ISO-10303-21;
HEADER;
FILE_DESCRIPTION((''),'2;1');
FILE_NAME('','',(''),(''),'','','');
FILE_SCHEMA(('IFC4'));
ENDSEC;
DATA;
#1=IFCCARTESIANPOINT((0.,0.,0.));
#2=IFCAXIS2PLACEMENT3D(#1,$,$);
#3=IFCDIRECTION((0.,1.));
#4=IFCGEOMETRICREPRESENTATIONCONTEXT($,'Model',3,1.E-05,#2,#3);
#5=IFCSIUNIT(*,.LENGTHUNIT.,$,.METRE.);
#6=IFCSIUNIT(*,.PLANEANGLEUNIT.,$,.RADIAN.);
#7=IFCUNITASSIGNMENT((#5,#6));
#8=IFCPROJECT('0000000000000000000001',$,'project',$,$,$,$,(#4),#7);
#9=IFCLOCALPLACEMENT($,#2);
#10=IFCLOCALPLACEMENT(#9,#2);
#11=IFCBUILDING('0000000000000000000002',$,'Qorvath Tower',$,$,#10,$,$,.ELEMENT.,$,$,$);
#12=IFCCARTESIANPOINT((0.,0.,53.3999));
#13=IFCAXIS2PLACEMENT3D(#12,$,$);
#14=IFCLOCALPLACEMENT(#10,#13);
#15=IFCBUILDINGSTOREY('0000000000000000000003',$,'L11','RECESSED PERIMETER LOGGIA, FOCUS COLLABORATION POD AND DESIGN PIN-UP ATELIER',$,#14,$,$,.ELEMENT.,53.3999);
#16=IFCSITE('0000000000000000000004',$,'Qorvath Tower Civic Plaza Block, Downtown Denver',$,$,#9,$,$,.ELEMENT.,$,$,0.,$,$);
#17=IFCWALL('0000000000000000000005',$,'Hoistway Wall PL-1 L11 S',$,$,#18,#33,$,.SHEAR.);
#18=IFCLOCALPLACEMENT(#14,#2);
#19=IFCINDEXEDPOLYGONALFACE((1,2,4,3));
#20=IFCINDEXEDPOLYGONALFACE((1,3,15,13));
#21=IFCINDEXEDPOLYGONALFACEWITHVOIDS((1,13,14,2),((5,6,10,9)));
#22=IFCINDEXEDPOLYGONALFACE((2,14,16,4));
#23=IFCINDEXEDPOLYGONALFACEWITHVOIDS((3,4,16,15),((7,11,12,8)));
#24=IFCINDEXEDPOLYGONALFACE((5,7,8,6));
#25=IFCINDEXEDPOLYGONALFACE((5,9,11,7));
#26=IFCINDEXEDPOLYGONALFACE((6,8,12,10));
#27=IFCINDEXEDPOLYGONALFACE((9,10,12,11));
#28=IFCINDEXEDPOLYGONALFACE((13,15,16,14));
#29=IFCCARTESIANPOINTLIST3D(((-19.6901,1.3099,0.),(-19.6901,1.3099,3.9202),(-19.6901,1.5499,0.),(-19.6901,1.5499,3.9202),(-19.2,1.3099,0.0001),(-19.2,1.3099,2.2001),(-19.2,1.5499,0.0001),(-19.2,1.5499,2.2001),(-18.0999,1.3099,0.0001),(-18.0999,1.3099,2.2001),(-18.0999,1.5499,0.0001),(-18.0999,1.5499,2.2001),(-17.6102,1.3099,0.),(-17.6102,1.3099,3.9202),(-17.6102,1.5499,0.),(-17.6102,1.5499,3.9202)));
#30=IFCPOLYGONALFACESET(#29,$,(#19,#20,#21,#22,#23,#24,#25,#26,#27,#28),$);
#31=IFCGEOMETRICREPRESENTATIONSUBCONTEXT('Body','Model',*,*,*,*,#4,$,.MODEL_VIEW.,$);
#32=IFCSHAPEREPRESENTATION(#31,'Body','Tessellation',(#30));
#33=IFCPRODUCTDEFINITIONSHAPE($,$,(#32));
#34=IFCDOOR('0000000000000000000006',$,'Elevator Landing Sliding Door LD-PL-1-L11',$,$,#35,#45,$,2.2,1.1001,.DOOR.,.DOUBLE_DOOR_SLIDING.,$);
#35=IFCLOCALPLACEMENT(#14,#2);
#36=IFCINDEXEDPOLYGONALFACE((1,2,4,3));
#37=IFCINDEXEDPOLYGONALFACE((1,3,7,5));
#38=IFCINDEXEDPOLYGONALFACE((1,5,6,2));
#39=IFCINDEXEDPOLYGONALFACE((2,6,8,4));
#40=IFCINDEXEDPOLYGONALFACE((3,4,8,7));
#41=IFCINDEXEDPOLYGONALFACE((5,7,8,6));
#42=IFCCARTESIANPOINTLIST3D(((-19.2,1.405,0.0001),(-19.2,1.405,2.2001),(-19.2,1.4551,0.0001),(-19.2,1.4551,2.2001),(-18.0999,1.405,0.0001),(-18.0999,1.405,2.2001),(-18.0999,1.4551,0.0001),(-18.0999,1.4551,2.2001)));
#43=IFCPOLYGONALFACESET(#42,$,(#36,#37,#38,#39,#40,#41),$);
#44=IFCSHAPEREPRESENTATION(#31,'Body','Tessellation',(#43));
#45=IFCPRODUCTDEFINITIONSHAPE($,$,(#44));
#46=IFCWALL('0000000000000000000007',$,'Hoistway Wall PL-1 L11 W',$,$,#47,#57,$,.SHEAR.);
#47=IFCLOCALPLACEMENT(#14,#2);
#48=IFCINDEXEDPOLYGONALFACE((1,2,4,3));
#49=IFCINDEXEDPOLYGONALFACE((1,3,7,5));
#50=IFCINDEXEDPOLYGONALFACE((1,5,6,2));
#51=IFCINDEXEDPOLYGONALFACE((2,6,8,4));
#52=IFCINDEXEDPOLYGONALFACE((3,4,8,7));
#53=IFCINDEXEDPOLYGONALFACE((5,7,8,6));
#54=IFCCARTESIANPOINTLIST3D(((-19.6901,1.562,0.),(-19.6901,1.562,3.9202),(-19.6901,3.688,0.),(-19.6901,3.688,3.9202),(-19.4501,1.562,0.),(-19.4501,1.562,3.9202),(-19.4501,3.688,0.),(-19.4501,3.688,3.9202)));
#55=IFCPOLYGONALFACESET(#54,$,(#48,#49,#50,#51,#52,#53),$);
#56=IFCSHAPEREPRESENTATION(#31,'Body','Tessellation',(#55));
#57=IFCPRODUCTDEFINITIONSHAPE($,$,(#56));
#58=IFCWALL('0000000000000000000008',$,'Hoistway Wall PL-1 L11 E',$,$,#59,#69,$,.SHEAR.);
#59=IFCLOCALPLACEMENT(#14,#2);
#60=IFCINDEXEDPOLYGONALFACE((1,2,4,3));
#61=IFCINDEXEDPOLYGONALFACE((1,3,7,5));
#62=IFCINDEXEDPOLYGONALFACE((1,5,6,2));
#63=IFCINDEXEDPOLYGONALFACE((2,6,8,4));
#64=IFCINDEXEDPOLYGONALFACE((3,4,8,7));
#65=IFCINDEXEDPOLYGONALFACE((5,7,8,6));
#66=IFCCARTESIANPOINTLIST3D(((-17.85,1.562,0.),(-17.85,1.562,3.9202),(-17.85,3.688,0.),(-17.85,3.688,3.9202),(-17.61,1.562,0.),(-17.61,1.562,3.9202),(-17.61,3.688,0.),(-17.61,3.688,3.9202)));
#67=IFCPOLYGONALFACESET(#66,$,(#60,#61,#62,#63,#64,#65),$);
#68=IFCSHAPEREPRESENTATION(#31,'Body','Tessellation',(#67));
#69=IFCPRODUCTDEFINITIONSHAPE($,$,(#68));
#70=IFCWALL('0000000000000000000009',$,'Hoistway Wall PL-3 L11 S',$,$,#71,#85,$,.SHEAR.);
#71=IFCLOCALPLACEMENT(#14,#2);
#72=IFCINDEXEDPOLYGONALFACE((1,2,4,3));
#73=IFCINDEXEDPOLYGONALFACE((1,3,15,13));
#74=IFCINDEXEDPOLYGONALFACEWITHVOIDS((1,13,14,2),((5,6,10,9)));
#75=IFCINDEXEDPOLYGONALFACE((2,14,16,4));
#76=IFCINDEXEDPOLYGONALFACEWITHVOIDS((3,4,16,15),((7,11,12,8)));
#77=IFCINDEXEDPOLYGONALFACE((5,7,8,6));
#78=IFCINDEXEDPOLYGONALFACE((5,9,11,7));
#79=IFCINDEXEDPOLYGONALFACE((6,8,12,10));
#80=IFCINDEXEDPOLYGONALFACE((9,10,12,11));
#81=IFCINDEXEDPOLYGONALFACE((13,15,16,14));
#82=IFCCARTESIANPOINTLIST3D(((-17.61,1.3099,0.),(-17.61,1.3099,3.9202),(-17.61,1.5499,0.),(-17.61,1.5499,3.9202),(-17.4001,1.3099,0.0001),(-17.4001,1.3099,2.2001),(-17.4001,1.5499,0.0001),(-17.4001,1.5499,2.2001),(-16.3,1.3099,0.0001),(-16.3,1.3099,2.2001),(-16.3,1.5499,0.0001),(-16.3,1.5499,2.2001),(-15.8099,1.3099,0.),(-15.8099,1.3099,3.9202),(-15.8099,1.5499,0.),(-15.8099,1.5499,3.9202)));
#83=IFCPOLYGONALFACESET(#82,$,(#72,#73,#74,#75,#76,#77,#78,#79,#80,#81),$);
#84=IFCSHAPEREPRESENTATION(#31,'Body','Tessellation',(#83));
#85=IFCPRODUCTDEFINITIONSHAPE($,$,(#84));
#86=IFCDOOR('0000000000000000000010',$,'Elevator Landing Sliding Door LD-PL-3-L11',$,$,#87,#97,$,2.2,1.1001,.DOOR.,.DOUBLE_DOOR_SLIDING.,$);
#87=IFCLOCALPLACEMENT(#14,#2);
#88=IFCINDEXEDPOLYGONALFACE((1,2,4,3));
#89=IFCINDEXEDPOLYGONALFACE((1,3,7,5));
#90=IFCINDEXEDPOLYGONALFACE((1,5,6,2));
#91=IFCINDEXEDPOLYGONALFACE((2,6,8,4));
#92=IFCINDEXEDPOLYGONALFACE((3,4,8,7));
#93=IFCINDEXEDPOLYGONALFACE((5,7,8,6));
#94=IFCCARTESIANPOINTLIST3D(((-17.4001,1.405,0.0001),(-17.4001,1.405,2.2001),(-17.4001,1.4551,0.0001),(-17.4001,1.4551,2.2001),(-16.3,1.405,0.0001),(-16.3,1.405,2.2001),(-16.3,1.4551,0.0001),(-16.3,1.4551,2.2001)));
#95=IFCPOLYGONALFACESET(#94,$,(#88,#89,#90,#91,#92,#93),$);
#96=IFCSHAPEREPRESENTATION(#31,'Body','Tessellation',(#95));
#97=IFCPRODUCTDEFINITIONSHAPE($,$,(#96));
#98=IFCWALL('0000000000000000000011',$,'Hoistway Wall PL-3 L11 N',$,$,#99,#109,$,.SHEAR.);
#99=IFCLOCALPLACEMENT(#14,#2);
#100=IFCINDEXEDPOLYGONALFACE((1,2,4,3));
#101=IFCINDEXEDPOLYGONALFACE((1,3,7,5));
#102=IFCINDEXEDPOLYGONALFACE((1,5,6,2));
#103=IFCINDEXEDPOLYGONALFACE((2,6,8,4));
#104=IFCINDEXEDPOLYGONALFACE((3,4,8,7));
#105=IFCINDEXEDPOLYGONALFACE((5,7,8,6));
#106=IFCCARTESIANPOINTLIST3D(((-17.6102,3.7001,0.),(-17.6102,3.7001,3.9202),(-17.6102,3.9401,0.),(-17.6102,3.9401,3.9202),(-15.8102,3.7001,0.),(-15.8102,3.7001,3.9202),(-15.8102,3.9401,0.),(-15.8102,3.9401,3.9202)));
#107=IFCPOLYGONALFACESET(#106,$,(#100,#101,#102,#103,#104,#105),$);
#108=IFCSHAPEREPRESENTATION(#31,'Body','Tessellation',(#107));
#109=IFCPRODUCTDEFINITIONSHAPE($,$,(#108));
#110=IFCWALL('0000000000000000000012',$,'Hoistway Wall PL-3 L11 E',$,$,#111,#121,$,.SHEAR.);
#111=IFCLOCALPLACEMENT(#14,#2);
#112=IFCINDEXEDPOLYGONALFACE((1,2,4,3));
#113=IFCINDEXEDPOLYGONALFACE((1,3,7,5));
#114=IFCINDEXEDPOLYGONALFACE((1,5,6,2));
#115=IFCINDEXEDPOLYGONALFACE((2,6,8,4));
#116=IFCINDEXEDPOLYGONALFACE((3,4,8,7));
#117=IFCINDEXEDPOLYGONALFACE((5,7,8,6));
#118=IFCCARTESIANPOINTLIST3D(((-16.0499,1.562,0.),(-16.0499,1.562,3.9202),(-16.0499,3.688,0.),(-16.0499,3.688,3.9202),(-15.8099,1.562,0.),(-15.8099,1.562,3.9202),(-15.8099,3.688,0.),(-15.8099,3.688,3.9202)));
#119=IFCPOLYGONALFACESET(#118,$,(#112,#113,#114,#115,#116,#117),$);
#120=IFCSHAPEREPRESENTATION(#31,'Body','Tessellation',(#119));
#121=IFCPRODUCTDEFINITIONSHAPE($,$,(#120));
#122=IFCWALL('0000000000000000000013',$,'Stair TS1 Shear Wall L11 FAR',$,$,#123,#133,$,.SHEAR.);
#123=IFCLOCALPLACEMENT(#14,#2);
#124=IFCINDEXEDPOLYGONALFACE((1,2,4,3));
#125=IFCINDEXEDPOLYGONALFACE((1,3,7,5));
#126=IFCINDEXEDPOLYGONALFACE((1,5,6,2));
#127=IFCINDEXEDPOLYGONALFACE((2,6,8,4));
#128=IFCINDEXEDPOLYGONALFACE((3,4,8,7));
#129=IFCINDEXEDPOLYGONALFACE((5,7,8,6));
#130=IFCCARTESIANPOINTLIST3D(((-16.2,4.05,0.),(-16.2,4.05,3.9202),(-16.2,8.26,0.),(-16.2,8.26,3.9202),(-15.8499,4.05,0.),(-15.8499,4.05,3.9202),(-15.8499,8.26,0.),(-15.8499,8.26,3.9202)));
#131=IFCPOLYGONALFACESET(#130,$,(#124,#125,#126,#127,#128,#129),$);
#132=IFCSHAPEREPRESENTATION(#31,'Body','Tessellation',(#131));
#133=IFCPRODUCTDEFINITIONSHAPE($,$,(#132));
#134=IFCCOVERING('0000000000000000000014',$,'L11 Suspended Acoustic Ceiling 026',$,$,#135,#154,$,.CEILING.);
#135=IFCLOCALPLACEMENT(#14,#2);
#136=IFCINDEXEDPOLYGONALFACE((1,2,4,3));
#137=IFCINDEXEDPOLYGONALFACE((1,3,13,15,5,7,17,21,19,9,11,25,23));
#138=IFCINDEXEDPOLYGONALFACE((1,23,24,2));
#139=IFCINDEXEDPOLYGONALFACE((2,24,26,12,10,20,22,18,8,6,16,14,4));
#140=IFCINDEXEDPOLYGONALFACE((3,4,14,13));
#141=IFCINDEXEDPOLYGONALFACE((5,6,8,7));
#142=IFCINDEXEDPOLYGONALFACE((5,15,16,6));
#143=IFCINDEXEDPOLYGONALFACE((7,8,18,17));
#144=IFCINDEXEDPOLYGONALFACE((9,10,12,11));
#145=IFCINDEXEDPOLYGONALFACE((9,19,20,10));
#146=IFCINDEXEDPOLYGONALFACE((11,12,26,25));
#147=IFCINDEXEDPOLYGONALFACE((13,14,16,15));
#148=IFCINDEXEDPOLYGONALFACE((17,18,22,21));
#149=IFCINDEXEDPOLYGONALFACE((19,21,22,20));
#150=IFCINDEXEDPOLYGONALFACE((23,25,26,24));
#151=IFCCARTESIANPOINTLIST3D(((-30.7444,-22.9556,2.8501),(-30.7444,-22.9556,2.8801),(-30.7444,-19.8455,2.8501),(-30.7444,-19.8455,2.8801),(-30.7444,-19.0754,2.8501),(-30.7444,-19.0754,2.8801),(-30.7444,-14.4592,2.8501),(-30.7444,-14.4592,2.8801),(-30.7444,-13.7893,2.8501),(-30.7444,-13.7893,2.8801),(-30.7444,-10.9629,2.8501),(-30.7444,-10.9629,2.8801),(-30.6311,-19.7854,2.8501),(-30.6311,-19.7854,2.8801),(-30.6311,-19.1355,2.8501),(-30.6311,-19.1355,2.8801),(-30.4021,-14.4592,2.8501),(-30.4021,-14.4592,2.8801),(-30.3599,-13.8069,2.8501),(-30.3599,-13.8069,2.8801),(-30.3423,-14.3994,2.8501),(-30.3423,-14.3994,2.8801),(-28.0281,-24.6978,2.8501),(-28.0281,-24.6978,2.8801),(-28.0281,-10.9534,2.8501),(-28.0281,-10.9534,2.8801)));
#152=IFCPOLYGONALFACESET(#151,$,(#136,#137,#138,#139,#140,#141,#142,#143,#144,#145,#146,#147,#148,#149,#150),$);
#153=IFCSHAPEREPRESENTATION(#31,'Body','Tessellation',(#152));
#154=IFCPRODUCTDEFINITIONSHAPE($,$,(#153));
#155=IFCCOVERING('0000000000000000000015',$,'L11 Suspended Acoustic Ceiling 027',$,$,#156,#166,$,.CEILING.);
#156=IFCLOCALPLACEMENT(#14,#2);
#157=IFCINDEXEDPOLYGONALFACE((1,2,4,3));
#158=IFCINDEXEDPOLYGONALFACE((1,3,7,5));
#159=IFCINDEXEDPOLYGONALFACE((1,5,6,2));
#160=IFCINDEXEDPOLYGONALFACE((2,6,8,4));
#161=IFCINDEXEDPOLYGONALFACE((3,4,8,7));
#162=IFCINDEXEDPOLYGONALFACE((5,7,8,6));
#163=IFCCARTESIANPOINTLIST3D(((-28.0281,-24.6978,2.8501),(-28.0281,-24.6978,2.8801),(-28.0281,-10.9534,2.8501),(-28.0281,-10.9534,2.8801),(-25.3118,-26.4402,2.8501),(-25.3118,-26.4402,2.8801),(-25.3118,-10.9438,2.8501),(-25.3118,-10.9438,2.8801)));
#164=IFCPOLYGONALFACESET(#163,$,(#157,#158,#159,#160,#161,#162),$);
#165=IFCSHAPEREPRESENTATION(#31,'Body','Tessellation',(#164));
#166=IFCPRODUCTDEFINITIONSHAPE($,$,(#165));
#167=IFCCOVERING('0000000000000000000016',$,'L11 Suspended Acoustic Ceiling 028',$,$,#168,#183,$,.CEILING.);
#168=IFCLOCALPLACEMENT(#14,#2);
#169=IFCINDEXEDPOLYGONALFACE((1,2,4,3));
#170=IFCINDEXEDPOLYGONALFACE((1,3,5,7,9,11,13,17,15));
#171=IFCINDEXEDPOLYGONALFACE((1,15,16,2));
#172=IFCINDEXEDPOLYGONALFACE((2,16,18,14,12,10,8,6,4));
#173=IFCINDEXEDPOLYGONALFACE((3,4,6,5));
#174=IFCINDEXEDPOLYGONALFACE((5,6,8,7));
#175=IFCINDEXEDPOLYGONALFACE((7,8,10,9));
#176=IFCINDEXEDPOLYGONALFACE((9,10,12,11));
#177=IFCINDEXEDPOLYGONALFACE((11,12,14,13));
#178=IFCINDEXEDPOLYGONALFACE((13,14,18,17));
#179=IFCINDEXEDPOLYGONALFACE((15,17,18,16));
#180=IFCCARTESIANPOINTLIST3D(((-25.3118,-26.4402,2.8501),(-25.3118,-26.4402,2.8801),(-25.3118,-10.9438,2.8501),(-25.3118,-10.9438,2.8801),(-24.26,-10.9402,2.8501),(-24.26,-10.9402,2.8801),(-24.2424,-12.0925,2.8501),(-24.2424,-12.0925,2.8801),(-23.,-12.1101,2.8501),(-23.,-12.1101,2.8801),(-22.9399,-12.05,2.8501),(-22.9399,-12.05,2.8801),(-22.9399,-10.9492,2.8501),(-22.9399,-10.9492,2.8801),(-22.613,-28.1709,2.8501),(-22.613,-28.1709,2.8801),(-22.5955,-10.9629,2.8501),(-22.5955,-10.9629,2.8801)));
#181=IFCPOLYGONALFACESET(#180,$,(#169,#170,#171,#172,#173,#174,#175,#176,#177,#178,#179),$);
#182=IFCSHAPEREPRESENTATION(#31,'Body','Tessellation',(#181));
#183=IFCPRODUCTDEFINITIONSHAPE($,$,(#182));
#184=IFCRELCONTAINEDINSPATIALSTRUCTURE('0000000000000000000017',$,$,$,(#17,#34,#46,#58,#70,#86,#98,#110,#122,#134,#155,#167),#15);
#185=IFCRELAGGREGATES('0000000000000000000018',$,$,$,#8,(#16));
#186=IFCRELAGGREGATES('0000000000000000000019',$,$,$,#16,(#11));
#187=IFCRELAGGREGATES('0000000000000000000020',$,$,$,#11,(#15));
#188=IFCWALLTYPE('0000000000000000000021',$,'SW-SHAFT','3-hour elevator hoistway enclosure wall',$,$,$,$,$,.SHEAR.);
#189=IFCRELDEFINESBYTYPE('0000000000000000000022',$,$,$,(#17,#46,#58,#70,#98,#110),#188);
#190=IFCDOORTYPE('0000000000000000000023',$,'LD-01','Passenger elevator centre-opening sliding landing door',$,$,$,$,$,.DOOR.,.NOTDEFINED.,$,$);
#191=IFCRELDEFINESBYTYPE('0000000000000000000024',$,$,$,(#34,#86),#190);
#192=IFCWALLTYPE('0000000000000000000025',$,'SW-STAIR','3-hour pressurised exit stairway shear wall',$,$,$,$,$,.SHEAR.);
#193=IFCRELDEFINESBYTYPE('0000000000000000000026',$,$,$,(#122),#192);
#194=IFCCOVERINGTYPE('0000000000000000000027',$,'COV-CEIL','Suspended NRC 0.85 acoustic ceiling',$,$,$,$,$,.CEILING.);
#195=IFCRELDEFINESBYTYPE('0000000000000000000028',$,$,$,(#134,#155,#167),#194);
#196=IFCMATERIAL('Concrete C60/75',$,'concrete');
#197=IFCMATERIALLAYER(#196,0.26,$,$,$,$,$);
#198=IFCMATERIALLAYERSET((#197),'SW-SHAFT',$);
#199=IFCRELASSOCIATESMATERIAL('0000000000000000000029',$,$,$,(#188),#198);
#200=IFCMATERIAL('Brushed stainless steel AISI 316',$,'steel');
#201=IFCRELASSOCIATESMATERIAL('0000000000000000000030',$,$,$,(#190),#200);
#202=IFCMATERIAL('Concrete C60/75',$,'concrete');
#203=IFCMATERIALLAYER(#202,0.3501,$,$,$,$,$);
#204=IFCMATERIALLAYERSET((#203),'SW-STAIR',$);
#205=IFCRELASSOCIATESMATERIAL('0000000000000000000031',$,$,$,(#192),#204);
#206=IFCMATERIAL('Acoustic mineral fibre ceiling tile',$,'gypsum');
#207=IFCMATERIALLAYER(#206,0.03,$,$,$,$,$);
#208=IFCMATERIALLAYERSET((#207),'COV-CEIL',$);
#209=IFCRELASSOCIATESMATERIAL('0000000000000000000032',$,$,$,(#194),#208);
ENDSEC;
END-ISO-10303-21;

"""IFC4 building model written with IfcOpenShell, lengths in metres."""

from ifc_helpers import new_model, si_unit, direction, frame, frame_2d, origin, place, context, subcontext, project, spatial, polyline, rectangle, outline, extrude, material, layer, layer_set, type_object, element, fill, save


model = new_model("IFC4")

# Units and contexts
model_context = context("Model", 3, precision=1e-05, world=origin(), true_north=direction((0.0, 1.0)))
body_context = subcontext(model_context, "Body", "Model", "MODEL_VIEW")
ifc_project = project(units=[si_unit("LENGTHUNIT", "METRE"), si_unit("PLANEANGLEUNIT", "RADIAN")], contexts=[model_context])

# Site, building, storey
site_placement = place(None, origin())
site = spatial("IfcSite", under=ifc_project, at=site_placement, Name="Qorvath Tower Civic Plaza Block, Downtown Denver", CompositionType="ELEMENT", RefElevation=0.0)
building_placement = place(site_placement, origin())
building = spatial("IfcBuilding", under=site, at=building_placement, Name="Qorvath Tower", CompositionType="ELEMENT")
storey_placement = place(building_placement, frame((0.0, 0.0, 53.3999)))
storey = spatial("IfcBuildingStorey", under=building, at=storey_placement, Name="L11", Description="RECESSED PERIMETER LOGGIA, FOCUS COLLABORATION POD AND DESIGN PIN-UP ATELIER", CompositionType="ELEMENT", Elevation=53.3999)

# Wall, opening, door
ifc_material_1 = material(Name="Concrete C60/75", Category="concrete")
ifc_layer_1 = layer(ifc_material_1, 0.26)
ifc_layer_set_1 = layer_set([ifc_layer_1], Name="SW-SHAFT")
wall_type_1 = type_object("IfcWallType", Name="SW-SHAFT", Description="3-hour elevator hoistway enclosure wall", PredefinedType="SHEAR", material=ifc_layer_set_1)
wall_1_placement = place(storey_placement, frame((-17.6101, 1.4299, 0.0), z_axis=(0.0, 0.0, 1.0), x_axis=(-1.0, 0.0, 0.0)))
wall_1 = element("IfcWall", 1, at=wall_1_placement, inside=storey, type_object=wall_type_1, Name="Hoistway Wall PL-1 L11 S", PredefinedType="SHEAR", context=body_context, shape_type="SweptSolid", body=[
    extrude(rectangle(XDim=2.0798, YDim=0.24, at=frame_2d((1.04, 0.0))), origin(), (0.0, 0.0, 1.0), 3.9202),
])
opening_1_placement = place(wall_1_placement, frame((0.4897, 0.0, 0.0)))
opening_1 = element("IfcOpeningElement", 2, at=opening_1_placement, cuts=wall_1, PredefinedType="OPENING", context=body_context, shape_type="SweptSolid", body=[
    extrude(rectangle(XDim=1.1001, YDim=2.2, at=frame_2d((0.55, 1.1001))), frame((0.0, 0.1299, 0.0), z_axis=(0.0, -1.0, 0.0), x_axis=(1.0, 0.0, 0.0)), (0.0, 0.0, 1.0), 0.26),
])
ifc_material_2 = material(Name="Brushed stainless steel AISI 316", Category="steel")
door_type = type_object("IfcDoorType", Name="LD-01", Description="Passenger elevator centre-opening sliding landing door", OperationType="NOTDEFINED", PredefinedType="DOOR", material=ifc_material_2)
door_1_placement = place(opening_1_placement, origin())
door_1 = element("IfcDoor", 3, at=door_1_placement, inside=storey, type_object=door_type, Name="Elevator Landing Sliding Door LD-PL-1-L11", OperationType="DOUBLE_DOOR_SLIDING", OverallHeight=2.2, OverallWidth=1.1001, PredefinedType="DOOR", context=body_context, shape_type="SweptSolid", body=[
    extrude(rectangle(XDim=1.1001, YDim=2.2, at=frame_2d((0.55, 1.1001))), frame((0.0, 0.0249, 0.0), z_axis=(0.0, -1.0, 0.0), x_axis=(1.0, 0.0, 0.0)), (0.0, 0.0, 1.0), 0.05),
])
fill(opening_1, door_1)

# Walls
for number, where, z_axis, x_axis, name in (
    (4, (-19.5701, 1.562, 0.0), (0.0, 0.0, 1.0), (0.0, 1.0, 0.0), "Hoistway Wall PL-1 L11 W"),
    (5, (-17.73, 3.688, 0.0), (0.0, 0.0, 1.0), (0.0, -1.0, 0.0), "Hoistway Wall PL-1 L11 E"),
):
    element("IfcWall", number, at=place(storey_placement, frame(where, z_axis=z_axis, x_axis=x_axis)), inside=storey, type_object=wall_type_1, Name=name, PredefinedType="SHEAR", context=body_context, shape_type="SweptSolid", body=[
        extrude(rectangle(XDim=2.126, YDim=0.24, at=frame_2d((1.063, 0.0))), origin(), (0.0, 0.0, 1.0), 3.9202),
    ])

# Wall, opening, door
wall_2_placement = place(storey_placement, frame((-15.8101, 1.4299, 0.0), z_axis=(0.0, 0.0, 1.0), x_axis=(-1.0, 0.0, 0.0)))
wall_2 = element("IfcWall", 6, at=wall_2_placement, inside=storey, type_object=wall_type_1, Name="Hoistway Wall PL-3 L11 S", PredefinedType="SHEAR", context=body_context, shape_type="SweptSolid", body=[
    extrude(rectangle(XDim=1.8, YDim=0.24, at=frame_2d((0.8999, 0.0))), origin(), (0.0, 0.0, 1.0), 3.9202),
])
opening_2_placement = place(wall_2_placement, frame((0.49, 0.0, 0.0)))
opening_2 = element("IfcOpeningElement", 7, at=opening_2_placement, cuts=wall_2, PredefinedType="OPENING", context=body_context, shape_type="SweptSolid", body=[
    extrude(rectangle(XDim=1.1001, YDim=2.2, at=frame_2d((0.55, 1.1001))), frame((0.0, 0.1299, 0.0), z_axis=(0.0, -1.0, 0.0), x_axis=(1.0, 0.0, 0.0)), (0.0, 0.0, 1.0), 0.26),
])
door_2_placement = place(opening_2_placement, origin())
door_2 = element("IfcDoor", 8, at=door_2_placement, inside=storey, type_object=door_type, Name="Elevator Landing Sliding Door LD-PL-3-L11", OperationType="DOUBLE_DOOR_SLIDING", OverallHeight=2.2, OverallWidth=1.1001, PredefinedType="DOOR", context=body_context, shape_type="SweptSolid", body=[
    extrude(rectangle(XDim=1.1001, YDim=2.2, at=frame_2d((0.55, 1.1001))), frame((0.0, 0.0249, 0.0), z_axis=(0.0, -1.0, 0.0), x_axis=(1.0, 0.0, 0.0)), (0.0, 0.0, 1.0), 0.05),
])
fill(opening_2, door_2)

# Walls
wall_3_placement = place(storey_placement, frame((-17.6101, 3.8201, 0.0), z_axis=(0.0, 0.0, 1.0), x_axis=(1.0, 0.0, 0.0)))
element("IfcWall", 9, at=wall_3_placement, inside=storey, type_object=wall_type_1, Name="Hoistway Wall PL-3 L11 N", PredefinedType="SHEAR", context=body_context, shape_type="SweptSolid", body=[
    extrude(rectangle(XDim=1.8, YDim=0.24, at=frame_2d((0.8999, 0.0))), origin(), (0.0, 0.0, 1.0), 3.9202),
])
wall_4_placement = place(storey_placement, frame((-15.9299, 3.688, 0.0), z_axis=(0.0, 0.0, 1.0), x_axis=(0.0, -1.0, 0.0)))
element("IfcWall", 10, at=wall_4_placement, inside=storey, type_object=wall_type_1, Name="Hoistway Wall PL-3 L11 E", PredefinedType="SHEAR", context=body_context, shape_type="SweptSolid", body=[
    extrude(rectangle(XDim=2.126, YDim=0.24, at=frame_2d((1.063, 0.0))), origin(), (0.0, 0.0, 1.0), 3.9202),
])
ifc_material_3 = material(Name="Concrete C60/75", Category="concrete")
ifc_layer_2 = layer(ifc_material_3, 0.3501)
ifc_layer_set_2 = layer_set([ifc_layer_2], Name="SW-STAIR")
wall_type_2 = type_object("IfcWallType", Name="SW-STAIR", Description="3-hour pressurised exit stairway shear wall", PredefinedType="SHEAR", material=ifc_layer_set_2)
wall_5_placement = place(storey_placement, frame((-16.0249, 4.05, 0.0), z_axis=(0.0, 0.0, 1.0), x_axis=(0.0, 1.0, 0.0)))
element("IfcWall", 11, at=wall_5_placement, inside=storey, type_object=wall_type_2, Name="Stair TS1 Shear Wall L11 FAR", PredefinedType="SHEAR", context=body_context, shape_type="SweptSolid", body=[
    extrude(rectangle(XDim=4.21, YDim=0.3501, at=frame_2d((2.105, 0.0))), origin(), (0.0, 0.0, 1.0), 3.9202),
])

# Coverings
ifc_material_4 = material(Name="Acoustic mineral fibre ceiling tile", Category="gypsum")
ifc_layer_3 = layer(ifc_material_4, 0.03)
ifc_layer_set_3 = layer_set([ifc_layer_3], Name="COV-CEIL")
covering_type_1 = type_object("IfcCoveringType", Name="COV-CEIL", Description="Suspended NRC 0.85 acoustic ceiling", PredefinedType="CEILING", material=ifc_layer_set_3)
covering_1_placement = place(storey_placement, frame((0.0, 0.0, 2.8501)))
element("IfcCovering", 12, at=covering_1_placement, inside=storey, type_object=covering_type_1, Name="L11 Suspended Acoustic Ceiling 026", PredefinedType="CEILING", context=body_context, shape_type="SweptSolid", body=[
    extrude(outline(polyline([(-28.0281, -24.6978), (-28.0281, -10.9534), (-30.7444, -10.9629), (-30.7444, -13.7893), (-30.3599, -13.8069), (-30.3423, -14.3994), (-30.4021, -14.4592), (-30.7444, -14.4592), (-30.7444, -19.0754), (-30.6311, -19.1355), (-30.6311, -19.7854), (-30.7444, -19.8455), (-30.7444, -22.9556), (-28.0281, -24.6978)])), origin(), (0.0, 0.0, 1.0), 0.03),
])
covering_2_placement = place(storey_placement, frame((0.0, 0.0, 2.8501)))
element("IfcCovering", 13, at=covering_2_placement, inside=storey, type_object=covering_type_1, Name="L11 Suspended Acoustic Ceiling 027", PredefinedType="CEILING", context=body_context, shape_type="SweptSolid", body=[
    extrude(outline(polyline([(-25.3118, -26.4402), (-25.3118, -10.9438), (-28.0281, -10.9534), (-28.0281, -24.6978), (-25.3118, -26.4402)])), origin(), (0.0, 0.0, 1.0), 0.03),
])
covering_3_placement = place(storey_placement, frame((0.0, 0.0, 2.8501)))
element("IfcCovering", 14, at=covering_3_placement, inside=storey, type_object=covering_type_1, Name="L11 Suspended Acoustic Ceiling 028", PredefinedType="CEILING", context=body_context, shape_type="SweptSolid", body=[
    extrude(outline(polyline([(-22.613, -28.1709), (-22.5955, -10.9629), (-22.9399, -10.9492), (-22.9399, -12.05), (-23.0, -12.1101), (-24.2424, -12.0925), (-24.26, -10.9402), (-25.3118, -10.9438), (-25.3118, -26.4402), (-22.613, -28.1709)])), origin(), (0.0, 0.0, 1.0), 0.03),
])

save(model, "model.ifc")
